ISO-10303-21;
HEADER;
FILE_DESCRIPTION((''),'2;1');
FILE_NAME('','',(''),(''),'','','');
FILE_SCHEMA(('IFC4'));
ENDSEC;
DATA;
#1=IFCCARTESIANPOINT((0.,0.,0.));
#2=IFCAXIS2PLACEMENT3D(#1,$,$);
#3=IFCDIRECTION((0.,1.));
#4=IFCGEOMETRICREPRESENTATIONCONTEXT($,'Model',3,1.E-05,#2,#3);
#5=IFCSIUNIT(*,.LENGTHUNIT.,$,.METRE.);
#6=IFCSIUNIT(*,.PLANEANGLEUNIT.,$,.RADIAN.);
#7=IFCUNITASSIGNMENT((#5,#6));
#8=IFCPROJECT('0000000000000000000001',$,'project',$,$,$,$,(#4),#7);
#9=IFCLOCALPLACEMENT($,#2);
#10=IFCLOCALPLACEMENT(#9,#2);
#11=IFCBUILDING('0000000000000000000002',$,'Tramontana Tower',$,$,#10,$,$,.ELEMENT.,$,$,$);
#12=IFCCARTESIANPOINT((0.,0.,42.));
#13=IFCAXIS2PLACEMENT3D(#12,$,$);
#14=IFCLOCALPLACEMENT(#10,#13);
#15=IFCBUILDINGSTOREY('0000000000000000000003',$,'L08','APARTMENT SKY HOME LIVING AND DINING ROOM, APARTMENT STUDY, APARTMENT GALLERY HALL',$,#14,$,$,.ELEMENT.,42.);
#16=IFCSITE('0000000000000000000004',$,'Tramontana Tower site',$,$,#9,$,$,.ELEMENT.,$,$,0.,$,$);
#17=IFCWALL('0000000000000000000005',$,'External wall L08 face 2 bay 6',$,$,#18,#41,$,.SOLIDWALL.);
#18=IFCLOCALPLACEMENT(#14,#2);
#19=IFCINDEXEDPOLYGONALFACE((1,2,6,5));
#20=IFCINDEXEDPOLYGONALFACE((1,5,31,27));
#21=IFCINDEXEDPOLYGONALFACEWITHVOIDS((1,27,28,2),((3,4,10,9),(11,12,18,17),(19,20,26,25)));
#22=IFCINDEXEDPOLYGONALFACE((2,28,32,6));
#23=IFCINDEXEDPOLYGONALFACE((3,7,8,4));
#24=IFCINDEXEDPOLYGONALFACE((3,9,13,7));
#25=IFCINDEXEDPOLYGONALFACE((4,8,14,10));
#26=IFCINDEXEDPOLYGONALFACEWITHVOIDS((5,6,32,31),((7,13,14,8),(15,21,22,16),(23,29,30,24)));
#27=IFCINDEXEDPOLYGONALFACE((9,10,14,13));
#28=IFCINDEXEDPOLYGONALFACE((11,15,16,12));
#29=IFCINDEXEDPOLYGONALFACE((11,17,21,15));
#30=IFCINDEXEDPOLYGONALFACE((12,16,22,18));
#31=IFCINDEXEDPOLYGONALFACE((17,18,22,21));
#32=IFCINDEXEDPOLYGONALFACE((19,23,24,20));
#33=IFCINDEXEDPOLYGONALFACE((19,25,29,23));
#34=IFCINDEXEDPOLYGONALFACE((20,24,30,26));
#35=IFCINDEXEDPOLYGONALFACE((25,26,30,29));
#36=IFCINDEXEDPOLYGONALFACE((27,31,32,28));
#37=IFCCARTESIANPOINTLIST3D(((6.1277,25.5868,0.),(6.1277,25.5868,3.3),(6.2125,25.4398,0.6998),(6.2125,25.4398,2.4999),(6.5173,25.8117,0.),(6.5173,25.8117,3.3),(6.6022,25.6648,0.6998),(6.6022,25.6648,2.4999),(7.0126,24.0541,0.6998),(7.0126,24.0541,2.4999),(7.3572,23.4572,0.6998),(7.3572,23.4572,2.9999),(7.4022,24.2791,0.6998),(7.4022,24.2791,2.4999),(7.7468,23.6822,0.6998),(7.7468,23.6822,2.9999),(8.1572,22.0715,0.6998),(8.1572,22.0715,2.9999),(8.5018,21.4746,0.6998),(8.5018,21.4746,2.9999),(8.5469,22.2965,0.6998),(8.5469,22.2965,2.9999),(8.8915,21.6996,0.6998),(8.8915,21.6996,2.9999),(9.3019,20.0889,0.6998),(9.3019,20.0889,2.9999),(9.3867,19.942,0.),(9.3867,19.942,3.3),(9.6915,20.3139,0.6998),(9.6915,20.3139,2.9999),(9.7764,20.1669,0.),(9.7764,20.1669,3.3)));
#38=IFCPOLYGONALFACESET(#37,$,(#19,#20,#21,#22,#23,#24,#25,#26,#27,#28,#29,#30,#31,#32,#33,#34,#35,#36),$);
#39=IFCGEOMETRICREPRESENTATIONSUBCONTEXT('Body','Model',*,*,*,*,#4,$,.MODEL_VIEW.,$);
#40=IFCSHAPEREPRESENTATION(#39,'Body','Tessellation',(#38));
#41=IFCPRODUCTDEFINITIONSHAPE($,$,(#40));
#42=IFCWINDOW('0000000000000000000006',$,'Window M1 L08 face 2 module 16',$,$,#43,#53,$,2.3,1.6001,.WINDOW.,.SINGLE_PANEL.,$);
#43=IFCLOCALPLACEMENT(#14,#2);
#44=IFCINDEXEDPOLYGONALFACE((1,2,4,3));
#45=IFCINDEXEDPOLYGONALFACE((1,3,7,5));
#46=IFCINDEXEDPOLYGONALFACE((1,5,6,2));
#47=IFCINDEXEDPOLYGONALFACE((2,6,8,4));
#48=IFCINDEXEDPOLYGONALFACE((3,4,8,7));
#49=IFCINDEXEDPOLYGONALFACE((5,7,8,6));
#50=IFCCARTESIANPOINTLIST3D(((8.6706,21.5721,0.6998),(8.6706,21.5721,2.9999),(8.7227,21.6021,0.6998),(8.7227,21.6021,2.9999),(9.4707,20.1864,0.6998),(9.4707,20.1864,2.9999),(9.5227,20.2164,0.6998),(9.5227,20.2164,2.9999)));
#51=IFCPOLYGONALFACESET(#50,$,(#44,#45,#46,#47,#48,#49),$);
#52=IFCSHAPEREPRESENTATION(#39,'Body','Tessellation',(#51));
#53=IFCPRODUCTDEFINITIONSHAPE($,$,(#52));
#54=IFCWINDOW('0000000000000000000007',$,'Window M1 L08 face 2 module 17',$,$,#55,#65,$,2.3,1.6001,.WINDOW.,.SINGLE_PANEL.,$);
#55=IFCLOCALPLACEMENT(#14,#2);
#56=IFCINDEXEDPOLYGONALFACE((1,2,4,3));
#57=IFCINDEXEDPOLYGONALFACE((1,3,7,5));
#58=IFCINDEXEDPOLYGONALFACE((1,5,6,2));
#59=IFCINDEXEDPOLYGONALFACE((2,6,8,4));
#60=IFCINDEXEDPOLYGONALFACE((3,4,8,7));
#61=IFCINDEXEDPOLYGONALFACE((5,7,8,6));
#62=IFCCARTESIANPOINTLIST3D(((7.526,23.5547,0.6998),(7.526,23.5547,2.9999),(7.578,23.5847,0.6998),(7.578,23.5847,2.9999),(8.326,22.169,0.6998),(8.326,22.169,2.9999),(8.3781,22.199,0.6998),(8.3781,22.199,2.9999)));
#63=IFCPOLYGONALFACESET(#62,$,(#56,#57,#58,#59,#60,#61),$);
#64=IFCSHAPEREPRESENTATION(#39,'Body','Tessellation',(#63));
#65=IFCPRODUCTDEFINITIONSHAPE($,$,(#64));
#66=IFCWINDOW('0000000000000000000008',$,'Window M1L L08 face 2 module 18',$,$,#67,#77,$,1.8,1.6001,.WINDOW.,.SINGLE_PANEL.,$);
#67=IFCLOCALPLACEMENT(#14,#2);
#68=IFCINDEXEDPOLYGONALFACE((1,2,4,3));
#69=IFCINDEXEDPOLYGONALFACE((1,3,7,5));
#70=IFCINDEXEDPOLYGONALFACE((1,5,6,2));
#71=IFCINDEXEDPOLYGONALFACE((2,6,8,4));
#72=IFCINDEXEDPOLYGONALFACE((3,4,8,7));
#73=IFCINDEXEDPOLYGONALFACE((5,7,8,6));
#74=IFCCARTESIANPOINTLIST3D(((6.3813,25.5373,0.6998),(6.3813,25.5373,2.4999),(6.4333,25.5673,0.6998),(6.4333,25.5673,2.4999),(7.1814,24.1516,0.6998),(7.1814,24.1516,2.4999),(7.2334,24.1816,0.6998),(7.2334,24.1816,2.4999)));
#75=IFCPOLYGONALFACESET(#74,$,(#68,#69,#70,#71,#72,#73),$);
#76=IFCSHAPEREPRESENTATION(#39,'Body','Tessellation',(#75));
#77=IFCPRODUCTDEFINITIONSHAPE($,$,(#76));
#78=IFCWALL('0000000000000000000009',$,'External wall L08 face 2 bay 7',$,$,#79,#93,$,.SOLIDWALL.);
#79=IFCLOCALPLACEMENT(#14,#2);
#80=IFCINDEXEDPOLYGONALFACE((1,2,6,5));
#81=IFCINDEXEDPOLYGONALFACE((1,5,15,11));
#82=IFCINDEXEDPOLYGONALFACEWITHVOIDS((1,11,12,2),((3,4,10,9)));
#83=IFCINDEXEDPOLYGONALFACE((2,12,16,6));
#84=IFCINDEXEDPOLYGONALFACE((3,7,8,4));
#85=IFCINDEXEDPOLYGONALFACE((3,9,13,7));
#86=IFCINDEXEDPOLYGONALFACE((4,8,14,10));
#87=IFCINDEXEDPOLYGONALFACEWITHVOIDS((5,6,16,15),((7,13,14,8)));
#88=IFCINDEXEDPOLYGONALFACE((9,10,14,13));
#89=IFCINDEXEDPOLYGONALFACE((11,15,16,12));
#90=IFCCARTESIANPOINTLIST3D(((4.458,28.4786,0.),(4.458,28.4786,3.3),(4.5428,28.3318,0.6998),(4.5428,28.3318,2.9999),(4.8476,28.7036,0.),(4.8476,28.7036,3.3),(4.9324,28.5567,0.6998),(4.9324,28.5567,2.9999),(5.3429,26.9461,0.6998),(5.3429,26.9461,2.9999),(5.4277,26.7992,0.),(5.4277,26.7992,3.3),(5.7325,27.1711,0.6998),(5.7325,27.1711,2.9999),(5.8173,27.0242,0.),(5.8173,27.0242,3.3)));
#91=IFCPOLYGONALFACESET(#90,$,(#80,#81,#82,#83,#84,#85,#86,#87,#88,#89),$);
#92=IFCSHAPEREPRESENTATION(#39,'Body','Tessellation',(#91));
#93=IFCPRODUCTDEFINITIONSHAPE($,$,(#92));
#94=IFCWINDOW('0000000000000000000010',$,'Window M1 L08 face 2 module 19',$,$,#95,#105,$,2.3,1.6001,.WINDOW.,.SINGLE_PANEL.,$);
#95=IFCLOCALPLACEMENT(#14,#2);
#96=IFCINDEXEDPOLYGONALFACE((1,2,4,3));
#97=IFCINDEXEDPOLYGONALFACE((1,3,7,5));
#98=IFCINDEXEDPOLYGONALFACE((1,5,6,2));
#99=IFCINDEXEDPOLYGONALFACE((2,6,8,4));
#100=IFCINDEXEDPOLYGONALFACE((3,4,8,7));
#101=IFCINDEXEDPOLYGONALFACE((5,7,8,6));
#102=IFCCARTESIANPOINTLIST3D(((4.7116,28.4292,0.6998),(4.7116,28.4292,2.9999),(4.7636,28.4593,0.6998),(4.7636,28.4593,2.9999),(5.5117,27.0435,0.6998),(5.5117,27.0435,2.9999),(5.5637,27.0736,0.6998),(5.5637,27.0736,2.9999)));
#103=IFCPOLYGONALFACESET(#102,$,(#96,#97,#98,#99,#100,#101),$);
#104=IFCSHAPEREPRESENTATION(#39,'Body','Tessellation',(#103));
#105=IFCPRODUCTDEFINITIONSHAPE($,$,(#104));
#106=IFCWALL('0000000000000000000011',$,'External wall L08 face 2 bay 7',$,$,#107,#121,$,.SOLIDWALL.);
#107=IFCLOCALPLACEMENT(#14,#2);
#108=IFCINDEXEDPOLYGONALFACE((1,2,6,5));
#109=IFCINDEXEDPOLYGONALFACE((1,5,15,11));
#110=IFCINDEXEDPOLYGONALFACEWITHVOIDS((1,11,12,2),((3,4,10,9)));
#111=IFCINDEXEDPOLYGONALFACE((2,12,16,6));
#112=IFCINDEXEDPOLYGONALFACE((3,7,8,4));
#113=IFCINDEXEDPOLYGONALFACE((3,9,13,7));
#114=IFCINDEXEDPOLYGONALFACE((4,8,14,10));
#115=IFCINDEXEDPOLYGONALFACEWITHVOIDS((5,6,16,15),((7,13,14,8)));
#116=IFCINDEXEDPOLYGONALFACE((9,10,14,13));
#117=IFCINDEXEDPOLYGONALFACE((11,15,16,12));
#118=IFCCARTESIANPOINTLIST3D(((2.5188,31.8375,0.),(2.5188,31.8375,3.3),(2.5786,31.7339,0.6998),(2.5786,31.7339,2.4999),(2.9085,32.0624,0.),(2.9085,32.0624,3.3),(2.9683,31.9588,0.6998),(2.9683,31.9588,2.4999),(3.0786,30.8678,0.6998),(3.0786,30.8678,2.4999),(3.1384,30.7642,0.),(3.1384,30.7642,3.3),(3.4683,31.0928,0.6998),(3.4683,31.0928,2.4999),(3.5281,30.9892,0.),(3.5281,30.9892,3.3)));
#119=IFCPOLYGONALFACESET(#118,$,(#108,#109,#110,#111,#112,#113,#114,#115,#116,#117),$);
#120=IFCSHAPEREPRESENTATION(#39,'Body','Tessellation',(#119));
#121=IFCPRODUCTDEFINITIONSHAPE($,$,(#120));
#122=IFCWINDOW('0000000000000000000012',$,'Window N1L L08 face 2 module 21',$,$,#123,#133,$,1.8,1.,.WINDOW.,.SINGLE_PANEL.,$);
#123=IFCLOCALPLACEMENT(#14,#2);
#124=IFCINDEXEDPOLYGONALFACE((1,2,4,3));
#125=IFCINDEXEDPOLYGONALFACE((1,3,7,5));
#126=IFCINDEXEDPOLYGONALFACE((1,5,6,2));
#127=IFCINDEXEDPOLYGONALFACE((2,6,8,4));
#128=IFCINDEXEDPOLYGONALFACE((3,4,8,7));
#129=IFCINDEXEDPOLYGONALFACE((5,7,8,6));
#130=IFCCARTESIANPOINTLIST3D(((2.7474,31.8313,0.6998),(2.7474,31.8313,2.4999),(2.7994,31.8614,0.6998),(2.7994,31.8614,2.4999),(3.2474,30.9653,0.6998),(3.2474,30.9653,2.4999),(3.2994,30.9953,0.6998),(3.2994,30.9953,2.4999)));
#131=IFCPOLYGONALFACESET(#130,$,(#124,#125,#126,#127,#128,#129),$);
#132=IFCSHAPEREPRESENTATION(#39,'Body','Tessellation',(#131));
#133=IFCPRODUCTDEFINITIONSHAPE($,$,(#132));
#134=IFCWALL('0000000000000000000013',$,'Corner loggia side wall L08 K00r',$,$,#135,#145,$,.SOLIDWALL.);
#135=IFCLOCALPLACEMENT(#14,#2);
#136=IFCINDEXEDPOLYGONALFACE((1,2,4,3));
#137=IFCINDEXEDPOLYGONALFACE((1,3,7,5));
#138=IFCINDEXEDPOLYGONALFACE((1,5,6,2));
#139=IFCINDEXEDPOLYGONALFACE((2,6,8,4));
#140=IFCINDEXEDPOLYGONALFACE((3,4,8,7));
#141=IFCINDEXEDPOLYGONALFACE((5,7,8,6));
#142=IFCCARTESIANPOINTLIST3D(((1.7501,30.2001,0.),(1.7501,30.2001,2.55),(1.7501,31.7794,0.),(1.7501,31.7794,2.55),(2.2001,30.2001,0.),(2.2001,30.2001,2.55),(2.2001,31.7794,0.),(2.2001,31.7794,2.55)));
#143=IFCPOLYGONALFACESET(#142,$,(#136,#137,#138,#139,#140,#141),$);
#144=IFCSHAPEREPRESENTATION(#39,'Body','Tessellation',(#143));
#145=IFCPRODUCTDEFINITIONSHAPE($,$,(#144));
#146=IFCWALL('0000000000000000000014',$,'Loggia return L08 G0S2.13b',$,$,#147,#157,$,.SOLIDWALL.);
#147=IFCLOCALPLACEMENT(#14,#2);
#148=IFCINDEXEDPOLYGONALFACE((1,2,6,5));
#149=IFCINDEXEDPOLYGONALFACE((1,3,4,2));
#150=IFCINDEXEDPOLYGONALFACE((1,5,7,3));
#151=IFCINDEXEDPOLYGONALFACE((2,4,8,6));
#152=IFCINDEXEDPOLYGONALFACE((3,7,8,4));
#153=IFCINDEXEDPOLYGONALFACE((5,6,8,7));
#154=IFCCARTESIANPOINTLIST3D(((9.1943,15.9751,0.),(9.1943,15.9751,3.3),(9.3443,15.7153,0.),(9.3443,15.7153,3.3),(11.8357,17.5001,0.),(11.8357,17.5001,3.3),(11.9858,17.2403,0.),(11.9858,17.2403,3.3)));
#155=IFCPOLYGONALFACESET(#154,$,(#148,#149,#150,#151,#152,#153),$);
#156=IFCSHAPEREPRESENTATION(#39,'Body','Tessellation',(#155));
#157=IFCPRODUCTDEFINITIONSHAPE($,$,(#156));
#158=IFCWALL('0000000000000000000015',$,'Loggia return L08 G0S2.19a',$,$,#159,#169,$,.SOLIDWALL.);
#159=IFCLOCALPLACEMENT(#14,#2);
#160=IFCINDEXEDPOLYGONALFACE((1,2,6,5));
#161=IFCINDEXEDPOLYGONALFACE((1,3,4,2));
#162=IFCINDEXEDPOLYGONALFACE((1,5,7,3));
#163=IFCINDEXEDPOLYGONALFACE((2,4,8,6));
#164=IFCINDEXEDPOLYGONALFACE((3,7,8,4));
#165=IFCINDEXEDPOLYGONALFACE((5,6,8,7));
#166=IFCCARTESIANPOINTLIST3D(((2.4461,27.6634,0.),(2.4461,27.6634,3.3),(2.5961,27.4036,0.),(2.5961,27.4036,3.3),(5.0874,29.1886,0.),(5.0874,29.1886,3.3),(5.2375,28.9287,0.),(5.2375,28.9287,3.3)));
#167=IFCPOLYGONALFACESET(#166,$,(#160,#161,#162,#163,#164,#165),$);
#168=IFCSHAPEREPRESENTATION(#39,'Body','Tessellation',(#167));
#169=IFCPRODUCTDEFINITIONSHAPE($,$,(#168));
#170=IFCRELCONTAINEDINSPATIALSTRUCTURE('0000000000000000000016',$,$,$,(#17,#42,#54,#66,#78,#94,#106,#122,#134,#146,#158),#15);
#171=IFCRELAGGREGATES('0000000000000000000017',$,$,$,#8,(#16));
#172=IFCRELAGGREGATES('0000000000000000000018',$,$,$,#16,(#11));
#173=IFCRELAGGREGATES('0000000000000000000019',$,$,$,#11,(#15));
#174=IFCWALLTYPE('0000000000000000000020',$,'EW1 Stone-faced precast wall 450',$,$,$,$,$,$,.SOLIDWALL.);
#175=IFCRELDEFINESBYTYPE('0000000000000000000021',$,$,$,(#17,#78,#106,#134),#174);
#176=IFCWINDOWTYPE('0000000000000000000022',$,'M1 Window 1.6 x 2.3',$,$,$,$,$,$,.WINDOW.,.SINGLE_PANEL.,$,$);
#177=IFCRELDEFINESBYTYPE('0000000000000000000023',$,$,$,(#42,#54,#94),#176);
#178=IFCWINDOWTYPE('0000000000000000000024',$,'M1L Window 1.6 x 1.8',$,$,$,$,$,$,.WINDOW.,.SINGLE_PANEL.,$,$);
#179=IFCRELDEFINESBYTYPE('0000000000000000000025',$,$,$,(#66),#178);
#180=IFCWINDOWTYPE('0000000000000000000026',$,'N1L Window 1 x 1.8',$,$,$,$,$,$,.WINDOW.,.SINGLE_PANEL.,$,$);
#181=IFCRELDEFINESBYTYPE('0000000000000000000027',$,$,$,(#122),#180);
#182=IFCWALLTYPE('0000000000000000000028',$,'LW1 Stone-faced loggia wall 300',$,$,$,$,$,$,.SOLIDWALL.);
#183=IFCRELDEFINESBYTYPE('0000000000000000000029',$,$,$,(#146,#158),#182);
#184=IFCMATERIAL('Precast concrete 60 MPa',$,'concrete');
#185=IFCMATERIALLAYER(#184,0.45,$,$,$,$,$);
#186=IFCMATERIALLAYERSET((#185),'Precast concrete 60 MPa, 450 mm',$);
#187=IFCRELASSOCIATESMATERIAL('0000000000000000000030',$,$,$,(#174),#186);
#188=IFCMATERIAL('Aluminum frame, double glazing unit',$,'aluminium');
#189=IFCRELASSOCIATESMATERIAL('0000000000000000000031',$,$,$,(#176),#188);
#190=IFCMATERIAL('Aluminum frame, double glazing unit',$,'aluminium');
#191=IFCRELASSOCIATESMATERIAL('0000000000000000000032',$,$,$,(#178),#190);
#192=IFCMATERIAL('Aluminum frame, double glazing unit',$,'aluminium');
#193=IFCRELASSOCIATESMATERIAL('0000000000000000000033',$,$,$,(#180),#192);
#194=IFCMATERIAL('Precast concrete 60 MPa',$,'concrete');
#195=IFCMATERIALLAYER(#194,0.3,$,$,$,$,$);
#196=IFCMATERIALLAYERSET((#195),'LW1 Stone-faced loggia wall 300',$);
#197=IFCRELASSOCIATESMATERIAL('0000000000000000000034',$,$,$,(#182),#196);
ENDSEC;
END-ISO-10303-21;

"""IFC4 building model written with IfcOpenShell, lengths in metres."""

from ifc_helpers import new_model, si_unit, direction, frame, frame_2d, origin, place, context, subcontext, project, spatial, rectangle, extrude, material, layer, layer_set, type_object, element, fill, save


model = new_model("IFC4")

# Units and contexts
model_context = context("Model", 3, precision=1e-05, world=origin(), true_north=direction((0.0, 1.0)))
body_context = subcontext(model_context, "Body", "Model", "MODEL_VIEW")
ifc_project = project(units=[si_unit("LENGTHUNIT", "METRE"), si_unit("PLANEANGLEUNIT", "RADIAN")], contexts=[model_context])

# Site, building, storey
site_placement = place(None, origin())
site = spatial("IfcSite", under=ifc_project, at=site_placement, Name="Tramontana Tower site", CompositionType="ELEMENT", RefElevation=0.0)
building_placement = place(site_placement, origin())
building = spatial("IfcBuilding", under=site, at=building_placement, Name="Tramontana Tower", CompositionType="ELEMENT")
storey_placement = place(building_placement, frame((0.0, 0.0, 42.0)))
storey = spatial("IfcBuildingStorey", under=building, at=storey_placement, Name="L08", Description="APARTMENT SKY HOME LIVING AND DINING ROOM, APARTMENT STUDY, APARTMENT GALLERY HALL", CompositionType="ELEMENT", Elevation=42.0)

# Wall, openings, windows
ifc_material_1 = material(Name="Precast concrete 60 MPa", Category="concrete")
ifc_layer_1 = layer(ifc_material_1, 0.45)
ifc_layer_set_1 = layer_set([ifc_layer_1], Name="Precast concrete 60 MPa, 450 mm")
wall_type_1 = type_object("IfcWallType", Name="EW1 Stone-faced precast wall 450", PredefinedType="SOLIDWALL", material=ifc_layer_set_1)
wall_1_placement = place(storey_placement, frame((9.5815, 20.0544, 0.0), z_axis=(0.0, 0.0, 1.0), x_axis=(-0.500002, 0.866024, 0.0)))
wall_1 = element("IfcWall", 1, at=wall_1_placement, inside=storey, type_object=wall_type_1, Name="External wall L08 face 2 bay 6", PredefinedType="SOLIDWALL", context=body_context, shape_type="SweptSolid", body=[
    extrude(rectangle(XDim=6.5181, YDim=0.45, at=frame_2d((3.259, 0.0))), origin(), (0.0, 0.0, 1.0), 3.3),
])
opening_1_placement = place(wall_1_placement, frame((0.1697, 0.0, 0.7)))
opening_1 = element("IfcOpeningElement", 2, at=opening_1_placement, cuts=wall_1, PredefinedType="OPENING", context=body_context, shape_type="SweptSolid", body=[
    extrude(rectangle(XDim=1.6001, YDim=2.3, at=frame_2d((0.8, 1.1499))), frame((0.0, 0.2349, 0.0), z_axis=(0.0, -1.0, 0.0), x_axis=(1.0, 0.0, 0.0)), (0.0, 0.0, 1.0), 0.47),
])
opening_2_placement = place(wall_1_placement, frame((2.459, 0.0, 0.7)))
opening_2 = element("IfcOpeningElement", 3, at=opening_2_placement, cuts=wall_1, PredefinedType="OPENING", context=body_context, shape_type="SweptSolid", body=[
    extrude(rectangle(XDim=1.6001, YDim=2.3, at=frame_2d((0.8, 1.1499))), frame((0.0, 0.2349, 0.0), z_axis=(0.0, -1.0, 0.0), x_axis=(1.0, 0.0, 0.0)), (0.0, 0.0, 1.0), 0.47),
])
opening_3_placement = place(wall_1_placement, frame((4.7483, 0.0, 0.7)))
opening_3 = element("IfcOpeningElement", 4, at=opening_3_placement, cuts=wall_1, PredefinedType="OPENING", context=body_context, shape_type="SweptSolid", body=[
    extrude(rectangle(XDim=1.6001, YDim=1.8, at=frame_2d((0.8, 0.8999))), frame((0.0, 0.2349, 0.0), z_axis=(0.0, -1.0, 0.0), x_axis=(1.0, 0.0, 0.0)), (0.0, 0.0, 1.0), 0.47),
])
ifc_material_2 = material(Name="Aluminum frame, double glazing unit", Category="aluminium")
window_type_1 = type_object("IfcWindowType", Name="M1 Window 1.6 x 2.3", PartitioningType="SINGLE_PANEL", PredefinedType="WINDOW", material=ifc_material_2)
window_1_placement = place(opening_1_placement, origin())
window_1 = element("IfcWindow", 5, at=window_1_placement, inside=storey, type_object=window_type_1, Name="Window M1 L08 face 2 module 16", OverallHeight=2.3, OverallWidth=1.6001, PartitioningType="SINGLE_PANEL", PredefinedType="WINDOW", context=body_context, shape_type="SweptSolid", body=[
    extrude(rectangle(XDim=1.6001, YDim=2.3, at=frame_2d((0.8, 1.1499))), frame((0.0, 0.03, 0.0), z_axis=(0.0, -1.0, 0.0), x_axis=(1.0, 0.0, 0.0)), (0.0, 0.0, 1.0), 0.0601),
])
fill(opening_1, window_1)
window_2_placement = place(opening_2_placement, origin())
window_2 = element("IfcWindow", 6, at=window_2_placement, inside=storey, type_object=window_type_1, Name="Window M1 L08 face 2 module 17", OverallHeight=2.3, OverallWidth=1.6001, PartitioningType="SINGLE_PANEL", PredefinedType="WINDOW", context=body_context, shape_type="SweptSolid", body=[
    extrude(rectangle(XDim=1.6001, YDim=2.3, at=frame_2d((0.8, 1.1499))), frame((0.0, 0.03, 0.0), z_axis=(0.0, -1.0, 0.0), x_axis=(1.0, 0.0, 0.0)), (0.0, 0.0, 1.0), 0.0601),
])
fill(opening_2, window_2)
ifc_material_3 = material(Name="Aluminum frame, double glazing unit", Category="aluminium")
window_type_2 = type_object("IfcWindowType", Name="M1L Window 1.6 x 1.8", PartitioningType="SINGLE_PANEL", PredefinedType="WINDOW", material=ifc_material_3)
window_3_placement = place(opening_3_placement, origin())
window_3 = element("IfcWindow", 7, at=window_3_placement, inside=storey, type_object=window_type_2, Name="Window M1L L08 face 2 module 18", OverallHeight=1.8, OverallWidth=1.6001, PartitioningType="SINGLE_PANEL", PredefinedType="WINDOW", context=body_context, shape_type="SweptSolid", body=[
    extrude(rectangle(XDim=1.6001, YDim=1.8, at=frame_2d((0.8, 0.8999))), frame((0.0, 0.03, 0.0), z_axis=(0.0, -1.0, 0.0), x_axis=(1.0, 0.0, 0.0)), (0.0, 0.0, 1.0), 0.0601),
])
fill(opening_3, window_3)

# Walls, openings, windows
wall_2_placement = place(storey_placement, frame((5.6226, 26.9116, 0.0), z_axis=(0.0, 0.0, 1.0), x_axis=(-0.500038, 0.866003, 0.0)))
wall_2 = element("IfcWall", 8, at=wall_2_placement, inside=storey, type_object=wall_type_1, Name="External wall L08 face 2 bay 7", PredefinedType="SOLIDWALL", context=body_context, shape_type="SweptSolid", body=[
    extrude(rectangle(XDim=1.9392, YDim=0.45, at=frame_2d((0.9697, 0.0))), origin(), (0.0, 0.0, 1.0), 3.3),
])
opening_4_placement = place(wall_2_placement, frame((0.1697, 0.0, 0.7)))
opening_4 = element("IfcOpeningElement", 9, at=opening_4_placement, cuts=wall_2, PredefinedType="OPENING", context=body_context, shape_type="SweptSolid", body=[
    extrude(rectangle(XDim=1.6001, YDim=2.3, at=frame_2d((0.8, 1.1499))), frame((0.0, 0.2349, 0.0), z_axis=(0.0, -1.0, 0.0), x_axis=(1.0, 0.0, 0.0)), (0.0, 0.0, 1.0), 0.47),
])
window_4_placement = place(opening_4_placement, origin())
window_4 = element("IfcWindow", 10, at=window_4_placement, inside=storey, type_object=window_type_1, Name="Window M1 L08 face 2 module 19", OverallHeight=2.3, OverallWidth=1.6001, PartitioningType="SINGLE_PANEL", PredefinedType="WINDOW", context=body_context, shape_type="SweptSolid", body=[
    extrude(rectangle(XDim=1.6001, YDim=2.3, at=frame_2d((0.8, 1.1499))), frame((0.0, 0.03, 0.0), z_axis=(0.0, -1.0, 0.0), x_axis=(1.0, 0.0, 0.0)), (0.0, 0.0, 1.0), 0.0601),
])
fill(opening_4, window_4)
wall_3_placement = place(storey_placement, frame((3.3333, 30.8767, 0.0), z_axis=(0.0, 0.0, 1.0), x_axis=(-0.499995, 0.866028, 0.0)))
wall_3 = element("IfcWall", 11, at=wall_3_placement, inside=storey, type_object=wall_type_1, Name="External wall L08 face 2 bay 7", PredefinedType="SOLIDWALL", context=body_context, shape_type="SweptSolid", body=[
    extrude(rectangle(XDim=1.2393, YDim=0.45, at=frame_2d((0.6196, 0.0))), origin(), (0.0, 0.0, 1.0), 3.3),
])
opening_5_placement = place(wall_3_placement, frame((0.1196, 0.0, 0.7)))
opening_5 = element("IfcOpeningElement", 12, at=opening_5_placement, cuts=wall_3, PredefinedType="OPENING", context=body_context, shape_type="SweptSolid", body=[
    extrude(rectangle(XDim=1.0, YDim=1.8, at=frame_2d((0.5, 0.8999))), frame((0.0, 0.2349, 0.0), z_axis=(0.0, -1.0, 0.0), x_axis=(1.0, 0.0, 0.0)), (0.0, 0.0, 1.0), 0.47),
])
ifc_material_4 = material(Name="Aluminum frame, double glazing unit", Category="aluminium")
window_type_3 = type_object("IfcWindowType", Name="N1L Window 1 x 1.8", PartitioningType="SINGLE_PANEL", PredefinedType="WINDOW", material=ifc_material_4)
window_5_placement = place(opening_5_placement, origin())
window_5 = element("IfcWindow", 13, at=window_5_placement, inside=storey, type_object=window_type_3, Name="Window N1L L08 face 2 module 21", OverallHeight=1.8, OverallWidth=1.0, PartitioningType="SINGLE_PANEL", PredefinedType="WINDOW", context=body_context, shape_type="SweptSolid", body=[
    extrude(rectangle(XDim=1.0, YDim=1.8, at=frame_2d((0.5, 0.8999))), frame((0.0, 0.03, 0.0), z_axis=(0.0, -1.0, 0.0), x_axis=(1.0, 0.0, 0.0)), (0.0, 0.0, 1.0), 0.0601),
])
fill(opening_5, window_5)

# Walls
wall_4_placement = place(storey_placement, frame((1.9751, 31.7793, 0.0), z_axis=(0.0, 0.0, 1.0), x_axis=(0.0, -1.0, 0.0)))
element("IfcWall", 14, at=wall_4_placement, inside=storey, type_object=wall_type_1, Name="Corner loggia side wall L08 K00r", PredefinedType="SOLIDWALL", context=body_context, shape_type="SweptSolid", body=[
    extrude(rectangle(XDim=1.5793, YDim=0.45, at=frame_2d((0.7896, 0.0))), origin(), (0.0, 0.0, 1.0), 2.55),
])
ifc_material_5 = material(Name="Precast concrete 60 MPa", Category="concrete")
ifc_layer_2 = layer(ifc_material_5, 0.3)
ifc_layer_set_2 = layer_set([ifc_layer_2], Name="LW1 Stone-faced loggia wall 300")
wall_type_2 = type_object("IfcWallType", Name="LW1 Stone-faced loggia wall 300", PredefinedType="SOLIDWALL", material=ifc_layer_set_2)
wall_5_placement = place(storey_placement, frame((11.9106, 17.3701, 0.0), z_axis=(0.0, 0.0, 1.0), x_axis=(-0.866038, -0.499979, 0.0)))
element("IfcWall", 15, at=wall_5_placement, inside=storey, type_object=wall_type_2, Name="Loggia return L08 G0S2.13b", PredefinedType="SOLIDWALL", context=body_context, shape_type="SweptSolid", body=[
    extrude(rectangle(XDim=3.05, YDim=0.3, at=frame_2d((1.5249, 0.0))), origin(), (0.0, 0.0, 1.0), 3.3),
])

# Wall
for number, where, z_axis, x_axis, name in (
    (16, (5.1624, 29.0586, 0.0), (0.0, 0.0, 1.0), (-0.866003, -0.500039, 0.0), "Loggia return L08 G0S2.19a"),
):
    element("IfcWall", number, at=place(storey_placement, frame(where, z_axis=z_axis, x_axis=x_axis)), inside=storey, type_object=wall_type_2, Name=name, PredefinedType="SOLIDWALL", context=body_context, shape_type="SweptSolid", body=[
        extrude(rectangle(XDim=3.05, YDim=0.3, at=frame_2d((1.5249, 0.0))), origin(), (0.0, 0.0, 1.0), 3.3),
    ])

save(model, "model.ifc")
